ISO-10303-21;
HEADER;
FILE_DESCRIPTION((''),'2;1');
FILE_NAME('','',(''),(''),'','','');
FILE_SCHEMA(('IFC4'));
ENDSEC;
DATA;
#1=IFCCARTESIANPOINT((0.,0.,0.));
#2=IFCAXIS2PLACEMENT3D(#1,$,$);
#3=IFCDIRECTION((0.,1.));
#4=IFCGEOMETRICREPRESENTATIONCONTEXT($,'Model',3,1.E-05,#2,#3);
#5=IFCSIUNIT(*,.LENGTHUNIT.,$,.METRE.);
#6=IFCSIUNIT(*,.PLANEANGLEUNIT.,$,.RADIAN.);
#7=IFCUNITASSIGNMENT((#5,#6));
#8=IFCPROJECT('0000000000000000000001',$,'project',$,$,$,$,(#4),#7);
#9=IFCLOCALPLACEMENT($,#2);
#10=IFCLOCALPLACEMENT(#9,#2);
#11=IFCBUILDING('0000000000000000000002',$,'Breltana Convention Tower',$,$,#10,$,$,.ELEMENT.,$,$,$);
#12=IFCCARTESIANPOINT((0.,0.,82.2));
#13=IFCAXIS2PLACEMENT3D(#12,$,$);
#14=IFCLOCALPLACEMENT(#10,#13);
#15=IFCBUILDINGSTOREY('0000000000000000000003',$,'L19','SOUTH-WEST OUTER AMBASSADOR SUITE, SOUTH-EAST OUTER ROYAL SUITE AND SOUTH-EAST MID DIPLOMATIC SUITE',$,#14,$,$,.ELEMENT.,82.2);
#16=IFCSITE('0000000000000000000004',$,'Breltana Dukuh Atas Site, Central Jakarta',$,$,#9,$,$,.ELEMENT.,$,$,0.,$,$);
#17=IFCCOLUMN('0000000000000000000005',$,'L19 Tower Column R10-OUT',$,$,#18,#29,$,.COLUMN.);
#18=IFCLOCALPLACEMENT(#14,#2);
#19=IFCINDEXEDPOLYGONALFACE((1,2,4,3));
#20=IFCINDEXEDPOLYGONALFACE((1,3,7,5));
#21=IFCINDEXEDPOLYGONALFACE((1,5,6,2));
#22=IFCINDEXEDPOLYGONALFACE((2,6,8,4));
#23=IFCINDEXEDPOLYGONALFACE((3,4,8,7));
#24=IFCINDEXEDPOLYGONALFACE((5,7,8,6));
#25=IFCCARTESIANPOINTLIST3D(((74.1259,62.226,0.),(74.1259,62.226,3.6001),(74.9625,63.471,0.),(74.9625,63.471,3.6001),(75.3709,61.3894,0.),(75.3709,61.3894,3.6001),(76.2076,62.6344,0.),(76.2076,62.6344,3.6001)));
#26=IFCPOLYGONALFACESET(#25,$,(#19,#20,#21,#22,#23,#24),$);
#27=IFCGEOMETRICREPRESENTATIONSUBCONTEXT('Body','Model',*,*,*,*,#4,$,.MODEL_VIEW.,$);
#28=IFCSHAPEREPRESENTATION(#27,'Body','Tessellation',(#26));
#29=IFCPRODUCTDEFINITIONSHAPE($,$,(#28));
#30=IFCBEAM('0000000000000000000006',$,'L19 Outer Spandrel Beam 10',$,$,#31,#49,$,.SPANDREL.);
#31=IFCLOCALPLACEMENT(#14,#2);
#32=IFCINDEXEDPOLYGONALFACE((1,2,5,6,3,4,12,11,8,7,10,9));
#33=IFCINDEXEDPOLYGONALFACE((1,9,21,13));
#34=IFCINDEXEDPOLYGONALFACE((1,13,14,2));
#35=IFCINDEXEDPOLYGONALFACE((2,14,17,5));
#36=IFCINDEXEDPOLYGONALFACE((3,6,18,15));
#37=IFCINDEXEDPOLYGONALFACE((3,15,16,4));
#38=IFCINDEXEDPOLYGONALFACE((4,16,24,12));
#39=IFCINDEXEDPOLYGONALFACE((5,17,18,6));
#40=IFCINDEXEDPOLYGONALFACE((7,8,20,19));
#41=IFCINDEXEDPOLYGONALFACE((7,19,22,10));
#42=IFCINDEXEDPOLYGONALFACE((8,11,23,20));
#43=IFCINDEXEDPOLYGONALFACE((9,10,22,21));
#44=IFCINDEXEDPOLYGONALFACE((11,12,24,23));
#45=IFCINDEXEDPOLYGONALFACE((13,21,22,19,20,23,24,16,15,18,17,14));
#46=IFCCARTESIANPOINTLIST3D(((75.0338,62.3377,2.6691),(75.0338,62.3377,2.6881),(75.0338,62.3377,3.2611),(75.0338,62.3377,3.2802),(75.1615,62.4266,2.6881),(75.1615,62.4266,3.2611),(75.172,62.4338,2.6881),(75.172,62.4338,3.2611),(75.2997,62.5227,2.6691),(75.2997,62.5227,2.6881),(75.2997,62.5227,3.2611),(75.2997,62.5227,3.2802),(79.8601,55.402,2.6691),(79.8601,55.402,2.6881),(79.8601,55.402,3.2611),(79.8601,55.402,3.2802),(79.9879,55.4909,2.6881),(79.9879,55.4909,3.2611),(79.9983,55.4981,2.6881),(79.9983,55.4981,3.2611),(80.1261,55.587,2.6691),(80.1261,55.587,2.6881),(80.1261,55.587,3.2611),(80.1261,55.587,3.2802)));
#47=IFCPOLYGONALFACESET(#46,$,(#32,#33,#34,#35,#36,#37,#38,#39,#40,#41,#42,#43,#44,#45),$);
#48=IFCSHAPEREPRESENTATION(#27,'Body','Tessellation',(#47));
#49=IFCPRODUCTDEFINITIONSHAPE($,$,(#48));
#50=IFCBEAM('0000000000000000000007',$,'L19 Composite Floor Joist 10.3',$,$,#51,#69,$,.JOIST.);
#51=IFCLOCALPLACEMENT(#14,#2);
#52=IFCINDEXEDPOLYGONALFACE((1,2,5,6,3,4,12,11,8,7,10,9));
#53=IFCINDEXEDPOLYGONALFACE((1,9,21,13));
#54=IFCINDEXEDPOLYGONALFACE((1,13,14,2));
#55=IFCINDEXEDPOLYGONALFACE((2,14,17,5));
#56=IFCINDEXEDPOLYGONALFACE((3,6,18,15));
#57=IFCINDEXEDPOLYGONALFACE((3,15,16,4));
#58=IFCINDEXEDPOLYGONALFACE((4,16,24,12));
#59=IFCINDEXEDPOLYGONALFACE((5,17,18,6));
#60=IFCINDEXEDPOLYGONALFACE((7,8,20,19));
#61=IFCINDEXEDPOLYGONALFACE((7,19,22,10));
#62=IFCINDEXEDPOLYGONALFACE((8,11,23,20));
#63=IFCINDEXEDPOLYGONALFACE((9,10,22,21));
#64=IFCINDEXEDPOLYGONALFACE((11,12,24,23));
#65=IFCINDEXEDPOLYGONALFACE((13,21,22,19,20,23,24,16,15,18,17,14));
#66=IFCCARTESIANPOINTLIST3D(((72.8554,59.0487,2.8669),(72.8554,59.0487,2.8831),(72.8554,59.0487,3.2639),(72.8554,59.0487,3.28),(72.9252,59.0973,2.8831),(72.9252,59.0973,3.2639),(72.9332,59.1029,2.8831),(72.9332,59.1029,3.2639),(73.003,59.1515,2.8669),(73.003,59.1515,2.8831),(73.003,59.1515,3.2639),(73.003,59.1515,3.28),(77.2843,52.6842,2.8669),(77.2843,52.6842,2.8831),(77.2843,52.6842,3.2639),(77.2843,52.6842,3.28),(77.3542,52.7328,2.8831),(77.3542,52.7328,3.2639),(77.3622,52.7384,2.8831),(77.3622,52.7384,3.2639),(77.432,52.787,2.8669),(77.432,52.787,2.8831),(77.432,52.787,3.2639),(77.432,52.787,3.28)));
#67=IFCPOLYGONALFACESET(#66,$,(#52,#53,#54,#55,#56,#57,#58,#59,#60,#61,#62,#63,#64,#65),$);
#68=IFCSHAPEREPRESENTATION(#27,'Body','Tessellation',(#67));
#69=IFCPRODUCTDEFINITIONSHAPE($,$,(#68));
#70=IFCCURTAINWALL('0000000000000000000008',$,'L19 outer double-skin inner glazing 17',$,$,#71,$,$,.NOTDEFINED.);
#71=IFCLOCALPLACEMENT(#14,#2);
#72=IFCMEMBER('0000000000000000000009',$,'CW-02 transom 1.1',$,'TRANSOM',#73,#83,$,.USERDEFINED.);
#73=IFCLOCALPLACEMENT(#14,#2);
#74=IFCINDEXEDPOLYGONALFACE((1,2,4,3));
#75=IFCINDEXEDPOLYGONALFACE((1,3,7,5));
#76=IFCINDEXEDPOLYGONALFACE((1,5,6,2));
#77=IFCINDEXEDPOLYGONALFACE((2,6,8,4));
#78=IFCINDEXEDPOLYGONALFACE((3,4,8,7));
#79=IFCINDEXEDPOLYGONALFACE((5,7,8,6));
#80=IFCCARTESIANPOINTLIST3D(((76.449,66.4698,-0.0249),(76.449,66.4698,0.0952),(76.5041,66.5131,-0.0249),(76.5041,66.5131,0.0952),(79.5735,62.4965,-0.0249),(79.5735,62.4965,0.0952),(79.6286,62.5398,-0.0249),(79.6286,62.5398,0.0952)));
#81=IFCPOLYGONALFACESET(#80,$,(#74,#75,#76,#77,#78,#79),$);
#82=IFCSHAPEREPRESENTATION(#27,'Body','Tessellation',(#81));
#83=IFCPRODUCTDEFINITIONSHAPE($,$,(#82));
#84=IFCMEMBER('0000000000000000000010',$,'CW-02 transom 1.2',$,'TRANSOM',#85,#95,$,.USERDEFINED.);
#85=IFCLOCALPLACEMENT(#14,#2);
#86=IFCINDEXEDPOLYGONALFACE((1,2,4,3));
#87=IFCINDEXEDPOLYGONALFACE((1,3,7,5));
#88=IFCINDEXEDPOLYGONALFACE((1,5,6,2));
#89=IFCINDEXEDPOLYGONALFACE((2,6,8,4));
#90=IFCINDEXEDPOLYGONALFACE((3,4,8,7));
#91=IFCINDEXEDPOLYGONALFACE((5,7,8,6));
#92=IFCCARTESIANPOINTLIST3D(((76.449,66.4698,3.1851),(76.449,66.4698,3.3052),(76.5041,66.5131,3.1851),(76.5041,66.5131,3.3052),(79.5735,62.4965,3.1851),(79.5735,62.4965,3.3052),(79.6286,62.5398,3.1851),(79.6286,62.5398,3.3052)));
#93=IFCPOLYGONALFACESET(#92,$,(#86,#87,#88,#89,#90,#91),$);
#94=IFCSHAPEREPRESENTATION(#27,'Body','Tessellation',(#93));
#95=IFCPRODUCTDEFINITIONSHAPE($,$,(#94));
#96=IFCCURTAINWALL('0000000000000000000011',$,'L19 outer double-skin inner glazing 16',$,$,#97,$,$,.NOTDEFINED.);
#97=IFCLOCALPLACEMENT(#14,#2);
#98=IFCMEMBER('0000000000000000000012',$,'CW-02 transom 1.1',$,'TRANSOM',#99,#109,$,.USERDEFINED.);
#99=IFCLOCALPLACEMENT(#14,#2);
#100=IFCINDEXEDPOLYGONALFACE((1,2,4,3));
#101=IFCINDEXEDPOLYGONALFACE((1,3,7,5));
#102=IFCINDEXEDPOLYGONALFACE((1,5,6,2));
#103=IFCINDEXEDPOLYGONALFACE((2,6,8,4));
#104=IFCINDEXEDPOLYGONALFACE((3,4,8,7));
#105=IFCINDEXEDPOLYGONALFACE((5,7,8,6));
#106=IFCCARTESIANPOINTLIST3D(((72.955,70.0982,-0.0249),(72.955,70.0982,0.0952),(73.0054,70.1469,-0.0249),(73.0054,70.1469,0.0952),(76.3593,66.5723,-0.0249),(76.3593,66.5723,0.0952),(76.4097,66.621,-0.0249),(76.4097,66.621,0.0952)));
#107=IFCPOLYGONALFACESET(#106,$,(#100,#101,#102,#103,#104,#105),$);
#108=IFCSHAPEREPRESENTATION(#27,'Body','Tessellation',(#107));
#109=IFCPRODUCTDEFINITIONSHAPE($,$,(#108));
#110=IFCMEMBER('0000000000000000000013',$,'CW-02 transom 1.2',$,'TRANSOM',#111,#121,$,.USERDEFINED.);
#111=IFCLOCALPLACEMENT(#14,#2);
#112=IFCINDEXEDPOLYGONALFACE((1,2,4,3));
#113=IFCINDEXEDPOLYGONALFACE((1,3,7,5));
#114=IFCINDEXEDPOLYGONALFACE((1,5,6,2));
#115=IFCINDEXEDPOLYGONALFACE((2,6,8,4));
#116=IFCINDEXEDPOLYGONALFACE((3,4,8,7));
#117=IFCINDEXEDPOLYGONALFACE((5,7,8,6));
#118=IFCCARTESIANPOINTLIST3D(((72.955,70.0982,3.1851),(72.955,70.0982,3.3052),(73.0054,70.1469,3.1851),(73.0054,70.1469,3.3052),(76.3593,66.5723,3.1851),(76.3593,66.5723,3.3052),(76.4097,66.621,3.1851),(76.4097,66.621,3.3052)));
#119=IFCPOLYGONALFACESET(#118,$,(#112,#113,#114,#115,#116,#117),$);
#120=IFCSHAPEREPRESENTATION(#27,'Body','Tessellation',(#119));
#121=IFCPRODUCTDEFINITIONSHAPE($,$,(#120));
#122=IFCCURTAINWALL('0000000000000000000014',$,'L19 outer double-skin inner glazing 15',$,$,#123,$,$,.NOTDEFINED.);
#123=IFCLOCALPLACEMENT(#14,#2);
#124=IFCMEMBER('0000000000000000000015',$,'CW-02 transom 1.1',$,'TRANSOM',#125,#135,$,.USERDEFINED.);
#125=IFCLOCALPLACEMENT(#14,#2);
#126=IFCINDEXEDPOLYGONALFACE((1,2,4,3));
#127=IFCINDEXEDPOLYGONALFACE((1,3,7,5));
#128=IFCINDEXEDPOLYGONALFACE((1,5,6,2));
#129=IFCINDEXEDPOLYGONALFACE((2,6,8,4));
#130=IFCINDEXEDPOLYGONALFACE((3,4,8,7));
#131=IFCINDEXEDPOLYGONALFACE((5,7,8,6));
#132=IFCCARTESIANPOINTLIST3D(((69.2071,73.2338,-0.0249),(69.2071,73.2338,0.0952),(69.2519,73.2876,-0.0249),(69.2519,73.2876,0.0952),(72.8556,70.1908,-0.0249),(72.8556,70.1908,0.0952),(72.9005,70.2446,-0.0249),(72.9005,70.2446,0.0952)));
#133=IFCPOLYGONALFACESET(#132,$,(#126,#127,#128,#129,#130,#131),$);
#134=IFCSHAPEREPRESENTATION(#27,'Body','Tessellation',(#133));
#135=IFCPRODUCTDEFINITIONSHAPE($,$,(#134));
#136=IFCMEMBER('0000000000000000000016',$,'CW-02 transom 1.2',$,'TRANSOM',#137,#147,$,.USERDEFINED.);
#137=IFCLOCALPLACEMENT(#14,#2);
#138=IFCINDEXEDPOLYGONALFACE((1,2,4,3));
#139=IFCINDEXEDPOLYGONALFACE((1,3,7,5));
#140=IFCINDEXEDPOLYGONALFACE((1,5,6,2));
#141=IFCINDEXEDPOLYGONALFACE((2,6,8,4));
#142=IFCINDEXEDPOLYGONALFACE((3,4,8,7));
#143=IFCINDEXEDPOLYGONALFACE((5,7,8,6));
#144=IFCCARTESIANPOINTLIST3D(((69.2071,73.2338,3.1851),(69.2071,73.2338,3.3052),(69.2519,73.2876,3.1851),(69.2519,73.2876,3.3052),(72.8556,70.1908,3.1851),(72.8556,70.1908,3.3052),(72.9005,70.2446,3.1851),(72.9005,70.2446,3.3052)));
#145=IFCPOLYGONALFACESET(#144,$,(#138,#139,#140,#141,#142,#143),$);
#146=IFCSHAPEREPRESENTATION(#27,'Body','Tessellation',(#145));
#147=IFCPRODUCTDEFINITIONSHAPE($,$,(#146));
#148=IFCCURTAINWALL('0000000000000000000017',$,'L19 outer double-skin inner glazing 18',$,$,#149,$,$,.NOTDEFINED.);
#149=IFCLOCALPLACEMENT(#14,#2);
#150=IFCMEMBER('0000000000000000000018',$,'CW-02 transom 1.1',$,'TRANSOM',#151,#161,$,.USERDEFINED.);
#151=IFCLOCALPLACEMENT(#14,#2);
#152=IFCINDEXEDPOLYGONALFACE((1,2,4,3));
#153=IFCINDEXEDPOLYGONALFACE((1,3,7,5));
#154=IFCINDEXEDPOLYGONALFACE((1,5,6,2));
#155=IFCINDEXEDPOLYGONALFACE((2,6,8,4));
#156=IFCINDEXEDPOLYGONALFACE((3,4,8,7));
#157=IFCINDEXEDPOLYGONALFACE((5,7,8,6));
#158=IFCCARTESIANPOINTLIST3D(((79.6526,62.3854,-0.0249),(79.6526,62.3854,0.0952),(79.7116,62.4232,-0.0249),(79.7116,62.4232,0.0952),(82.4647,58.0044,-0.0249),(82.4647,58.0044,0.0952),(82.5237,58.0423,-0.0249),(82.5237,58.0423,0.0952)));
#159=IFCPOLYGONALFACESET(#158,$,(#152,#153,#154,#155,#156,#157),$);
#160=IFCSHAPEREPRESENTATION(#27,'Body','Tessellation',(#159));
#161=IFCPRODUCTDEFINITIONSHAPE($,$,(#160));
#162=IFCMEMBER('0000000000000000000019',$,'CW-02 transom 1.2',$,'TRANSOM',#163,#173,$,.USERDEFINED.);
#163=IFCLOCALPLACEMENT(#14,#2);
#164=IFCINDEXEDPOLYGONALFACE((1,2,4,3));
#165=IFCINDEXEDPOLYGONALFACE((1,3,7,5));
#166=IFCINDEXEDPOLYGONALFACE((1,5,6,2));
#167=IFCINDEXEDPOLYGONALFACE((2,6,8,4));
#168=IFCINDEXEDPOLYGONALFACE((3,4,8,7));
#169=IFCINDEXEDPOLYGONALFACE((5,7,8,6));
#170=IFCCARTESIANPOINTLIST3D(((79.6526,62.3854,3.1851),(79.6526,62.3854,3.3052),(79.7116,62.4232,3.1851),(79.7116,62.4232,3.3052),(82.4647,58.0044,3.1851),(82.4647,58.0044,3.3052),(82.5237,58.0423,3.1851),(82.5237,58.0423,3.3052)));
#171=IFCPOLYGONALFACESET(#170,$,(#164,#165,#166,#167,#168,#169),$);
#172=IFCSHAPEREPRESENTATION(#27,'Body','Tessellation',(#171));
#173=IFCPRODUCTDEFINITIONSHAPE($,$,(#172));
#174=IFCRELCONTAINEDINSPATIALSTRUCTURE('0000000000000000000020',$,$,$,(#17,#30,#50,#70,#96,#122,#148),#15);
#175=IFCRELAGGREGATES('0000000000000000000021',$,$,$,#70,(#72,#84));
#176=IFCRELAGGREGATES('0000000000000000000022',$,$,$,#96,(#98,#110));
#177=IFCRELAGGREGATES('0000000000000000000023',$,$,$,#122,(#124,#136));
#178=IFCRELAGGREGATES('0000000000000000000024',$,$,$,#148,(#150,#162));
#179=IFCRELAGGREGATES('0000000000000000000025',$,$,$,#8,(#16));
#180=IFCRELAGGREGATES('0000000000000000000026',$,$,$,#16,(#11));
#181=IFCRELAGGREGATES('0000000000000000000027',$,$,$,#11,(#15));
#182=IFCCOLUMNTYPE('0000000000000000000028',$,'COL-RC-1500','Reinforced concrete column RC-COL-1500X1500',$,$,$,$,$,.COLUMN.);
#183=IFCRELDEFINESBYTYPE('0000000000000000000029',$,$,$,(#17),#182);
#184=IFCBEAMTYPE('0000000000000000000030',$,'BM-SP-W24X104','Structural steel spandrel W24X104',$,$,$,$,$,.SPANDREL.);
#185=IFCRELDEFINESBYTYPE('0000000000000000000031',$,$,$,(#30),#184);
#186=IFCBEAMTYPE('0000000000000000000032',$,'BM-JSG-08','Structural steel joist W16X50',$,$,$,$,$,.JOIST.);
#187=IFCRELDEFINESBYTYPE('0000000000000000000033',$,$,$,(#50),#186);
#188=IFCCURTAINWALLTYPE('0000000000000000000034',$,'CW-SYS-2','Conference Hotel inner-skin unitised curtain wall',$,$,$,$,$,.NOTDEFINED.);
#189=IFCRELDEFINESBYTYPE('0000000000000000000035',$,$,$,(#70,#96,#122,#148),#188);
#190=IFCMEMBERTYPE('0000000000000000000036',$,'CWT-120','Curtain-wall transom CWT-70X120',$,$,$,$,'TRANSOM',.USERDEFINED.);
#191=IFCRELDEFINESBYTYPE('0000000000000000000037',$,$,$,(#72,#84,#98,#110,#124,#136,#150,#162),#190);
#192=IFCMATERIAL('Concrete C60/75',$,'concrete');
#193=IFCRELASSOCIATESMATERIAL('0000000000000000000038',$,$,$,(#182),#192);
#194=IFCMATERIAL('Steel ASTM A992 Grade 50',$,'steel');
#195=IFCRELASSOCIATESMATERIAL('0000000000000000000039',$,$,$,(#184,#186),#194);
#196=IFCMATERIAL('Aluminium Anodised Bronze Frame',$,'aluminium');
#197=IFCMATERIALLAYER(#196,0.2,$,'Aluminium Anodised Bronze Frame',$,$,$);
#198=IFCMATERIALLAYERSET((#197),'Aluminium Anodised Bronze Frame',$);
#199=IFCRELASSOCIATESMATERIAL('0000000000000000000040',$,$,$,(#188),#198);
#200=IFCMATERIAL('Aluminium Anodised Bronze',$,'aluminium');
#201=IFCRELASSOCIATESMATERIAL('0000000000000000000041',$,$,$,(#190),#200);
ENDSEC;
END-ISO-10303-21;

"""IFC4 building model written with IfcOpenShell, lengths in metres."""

from ifc_helpers import new_model, si_unit, direction, frame, origin, origin_2d, place, context, subcontext, project, spatial, rectangle, i_section, extrude, source, transform, mapped, material, layer, layer_set, material_profile, profile_set, type_object, element, aggregate, save


model = new_model("IFC4")

# Units and contexts
model_context = context("Model", 3, precision=1e-05, world=origin(), true_north=direction((0.0, 1.0)))
body_context = subcontext(model_context, "Body", "Model", "MODEL_VIEW")
ifc_project = project(units=[si_unit("LENGTHUNIT", "METRE"), si_unit("PLANEANGLEUNIT", "RADIAN")], contexts=[model_context])

# Site, building, storey
site_placement = place(None, origin())
site = spatial("IfcSite", under=ifc_project, at=site_placement, Name="Breltana Dukuh Atas Site, Central Jakarta", CompositionType="ELEMENT", RefElevation=0.0)
building_placement = place(site_placement, origin())
building = spatial("IfcBuilding", under=site, at=building_placement, Name="Breltana Convention Tower", CompositionType="ELEMENT")
storey_placement = place(building_placement, frame((0.0, 0.0, 82.2)))
storey = spatial("IfcBuildingStorey", under=building, at=storey_placement, Name="L19", Description="SOUTH-WEST OUTER AMBASSADOR SUITE, SOUTH-EAST OUTER ROYAL SUITE AND SOUTH-EAST MID DIPLOMATIC SUITE", CompositionType="ELEMENT", Elevation=82.2)

# Column
ifc_material_1 = material(Name="Concrete C60/75", Category="concrete")
ifc_material_profile_1 = material_profile(ifc_material_1, rectangle(XDim=1.5, YDim=1.5, at=origin_2d()), Name="RC-COL-1500X1500")
ifc_profile_set_1 = profile_set([ifc_material_profile_1], Name="Concrete C60/75")
column_type = type_object("IfcColumnType", Name="COL-RC-1500", Description="Reinforced concrete column RC-COL-1500X1500", PredefinedType="COLUMN", material=ifc_profile_set_1)
shared_shape_1 = source(origin(), body_context, "Body", "SweptSolid", [
    extrude(rectangle(XDim=1.5, YDim=1.5, at=origin_2d()), origin(), (0.0, 0.0, 1.0), 3.6001),
])
column_placement = place(storey_placement, frame((75.1667, 62.4302, 0.0), z_axis=(0.0, 0.0, 1.0), x_axis=(0.557745, 0.830012, 0.0)))
element("IfcColumn", 1, at=column_placement, inside=storey, type_object=column_type, Name="L19 Tower Column R10-OUT", PredefinedType="COLUMN", context=body_context, shape_type="MappedRepresentation", body=[
    mapped(shared_shape_1, transform((0.0, 0.0, 0.0), scale=1.0)),
])

# Beams
ifc_material_2 = material(Name="Steel ASTM A992 Grade 50", Category="steel")
ifc_material_profile_2 = material_profile(ifc_material_2, i_section(OverallWidth=0.324, OverallDepth=0.6111, WebThickness=0.0127, FlangeThickness=0.019, at=origin_2d()), Name="W24X104")
ifc_profile_set_2 = profile_set([ifc_material_profile_2], Name="Steel ASTM A992 Grade 50")
beam_type_1 = type_object("IfcBeamType", Name="BM-SP-W24X104", Description="Structural steel spandrel W24X104", PredefinedType="SPANDREL", material=ifc_profile_set_2)
shared_shape_2 = source(origin(), body_context, "Body", "SweptSolid", [
    extrude(i_section(OverallWidth=0.324, OverallDepth=0.6111, WebThickness=0.0127, FlangeThickness=0.019, at=origin_2d()), origin(), (0.0, 0.0, 1.0), 8.4497),
])
beam_1_placement = place(storey_placement, frame((75.1667, 62.4302, 2.9746), z_axis=(0.571186, -0.820821, 0.0), x_axis=(0.820821, 0.571186, 0.0)))
element("IfcBeam", 2, at=beam_1_placement, inside=storey, type_object=beam_type_1, Name="L19 Outer Spandrel Beam 10", PredefinedType="SPANDREL", context=body_context, shape_type="MappedRepresentation", body=[
    mapped(shared_shape_2, transform((0.0, 0.0, 0.0), scale=1.0)),
])
ifc_material_profile_3 = material_profile(ifc_material_2, i_section(OverallWidth=0.1799, OverallDepth=0.4131, WebThickness=0.0098, FlangeThickness=0.0161, at=origin_2d()), Name="W16X50")
ifc_profile_set_3 = profile_set([ifc_material_profile_3], Name="Steel ASTM A992 Grade 50")
beam_type_2 = type_object("IfcBeamType", Name="BM-JSG-08", Description="Structural steel joist W16X50", PredefinedType="JOIST", material=ifc_profile_set_3)
shared_shape_3 = source(origin(), body_context, "Body", "SweptSolid", [
    extrude(i_section(OverallWidth=0.1799, OverallDepth=0.4131, WebThickness=0.0098, FlangeThickness=0.0161, at=origin_2d()), origin(), (0.0, 0.0, 1.0), 7.7539),
])
beam_2_placement = place(storey_placement, frame((72.9292, 59.1001, 3.0735), z_axis=(0.571193, -0.820816, 0.0), x_axis=(0.820816, 0.571193, 0.0)))
element("IfcBeam", 3, at=beam_2_placement, inside=storey, type_object=beam_type_2, Name="L19 Composite Floor Joist 10.3", PredefinedType="JOIST", context=body_context, shape_type="MappedRepresentation", body=[
    mapped(shared_shape_3, transform((0.0, 0.0, 0.0), scale=1.0)),
])

# Curtain walls, members
ifc_material_3 = material(Name="Aluminium Anodised Bronze Frame", Category="aluminium")
ifc_layer_1 = layer(ifc_material_3, 0.2, Name="Aluminium Anodised Bronze Frame")
ifc_layer_set_1 = layer_set([ifc_layer_1], Name="Aluminium Anodised Bronze Frame")
curtain_wall_type = type_object("IfcCurtainWallType", Name="CW-SYS-2", Description="Conference Hotel inner-skin unitised curtain wall", PredefinedType="NOTDEFINED", material=ifc_layer_set_1)
curtain_wall_1_placement = place(storey_placement, origin())
curtain_wall_1 = element("IfcCurtainWall", 4, at=curtain_wall_1_placement, inside=storey, type_object=curtain_wall_type, Name="L19 outer double-skin inner glazing 17", PredefinedType="NOTDEFINED")
ifc_material_4 = material(Name="Aluminium Anodised Bronze", Category="aluminium")
ifc_material_profile_4 = material_profile(ifc_material_4, rectangle(XDim=0.0701, YDim=0.1201, at=origin_2d()), Name="CWT-70X120")
ifc_profile_set_4 = profile_set([ifc_material_profile_4], Name="Aluminium Anodised Bronze")
member_type_1 = type_object("IfcMemberType", Name="CWT-120", Description="Curtain-wall transom CWT-70X120", ElementType="TRANSOM", PredefinedType="USERDEFINED", material=ifc_profile_set_4)
shared_shape_4 = source(origin(), body_context, "Body", "SweptSolid", [
    extrude(rectangle(XDim=0.0701, YDim=0.1201, at=origin_2d()), origin(), (0.0, 0.0, 1.0), 5.0547),
])
member_1_placement = place(storey_placement, frame((76.4766, 66.4915, 0.0352), z_axis=(0.618135, -0.786072, 0.0), x_axis=(0.786072, 0.618135, 0.0)))
member_1 = element("IfcMember", 5, at=member_1_placement, type_object=member_type_1, Name="CW-02 transom 1.1", ObjectType="TRANSOM", PredefinedType="USERDEFINED", context=body_context, shape_type="MappedRepresentation", body=[
    mapped(shared_shape_4, transform((0.0, 0.0, 0.0), scale=1.0)),
])
member_2_placement = place(storey_placement, frame((76.4766, 66.4915, 3.2451), z_axis=(0.618135, -0.786072, 0.0), x_axis=(0.786072, 0.618135, 0.0)))
member_2 = element("IfcMember", 6, at=member_2_placement, type_object=member_type_1, Name="CW-02 transom 1.2", ObjectType="TRANSOM", PredefinedType="USERDEFINED", context=body_context, shape_type="MappedRepresentation", body=[
    mapped(shared_shape_4, transform((0.0, 0.0, 0.0), scale=1.0)),
])
curtain_wall_2_placement = place(storey_placement, origin())
curtain_wall_2 = element("IfcCurtainWall", 7, at=curtain_wall_2_placement, inside=storey, type_object=curtain_wall_type, Name="L19 outer double-skin inner glazing 16", PredefinedType="NOTDEFINED")
shared_shape_5 = source(origin(), body_context, "Body", "SweptSolid", [
    extrude(rectangle(XDim=0.0701, YDim=0.1201, at=origin_2d()), origin(), (0.0, 0.0, 1.0), 4.9011),
])
member_3_placement = place(storey_placement, frame((72.9802, 70.1226, 0.0352), z_axis=(0.694595, -0.719401, 0.0), x_axis=(0.719401, 0.694595, 0.0)))
member_3 = element("IfcMember", 8, at=member_3_placement, type_object=member_type_1, Name="CW-02 transom 1.1", ObjectType="TRANSOM", PredefinedType="USERDEFINED", context=body_context, shape_type="MappedRepresentation", body=[
    mapped(shared_shape_5, transform((0.0, 0.0, 0.0), scale=1.0)),
])
member_4_placement = place(storey_placement, frame((72.9802, 70.1226, 3.2451), z_axis=(0.694595, -0.719401, 0.0), x_axis=(0.719401, 0.694595, 0.0)))
member_4 = element("IfcMember", 9, at=member_4_placement, type_object=member_type_1, Name="CW-02 transom 1.2", ObjectType="TRANSOM", PredefinedType="USERDEFINED", context=body_context, shape_type="MappedRepresentation", body=[
    mapped(shared_shape_5, transform((0.0, 0.0, 0.0), scale=1.0)),
])
curtain_wall_3_placement = place(storey_placement, origin())
curtain_wall_3 = element("IfcCurtainWall", 10, at=curtain_wall_3_placement, inside=storey, type_object=curtain_wall_type, Name="L19 outer double-skin inner glazing 15", PredefinedType="NOTDEFINED")
shared_shape_6 = source(origin(), body_context, "Body", "SweptSolid", [
    extrude(rectangle(XDim=0.0701, YDim=0.1201, at=origin_2d()), origin(), (0.0, 0.0, 1.0), 4.751),
])
member_5_placement = place(storey_placement, frame((69.2295, 73.2607, 0.0352), z_axis=(0.767952, -0.640508, 0.0), x_axis=(0.640508, 0.767952, 0.0)))
member_5 = element("IfcMember", 11, at=member_5_placement, type_object=member_type_1, Name="CW-02 transom 1.1", ObjectType="TRANSOM", PredefinedType="USERDEFINED", context=body_context, shape_type="MappedRepresentation", body=[
    mapped(shared_shape_6, transform((0.0, 0.0, 0.0), scale=1.0)),
])
member_6_placement = place(storey_placement, frame((69.2295, 73.2607, 3.2451), z_axis=(0.767952, -0.640508, 0.0), x_axis=(0.640508, 0.767952, 0.0)))
member_6 = element("IfcMember", 12, at=member_6_placement, type_object=member_type_1, Name="CW-02 transom 1.2", ObjectType="TRANSOM", PredefinedType="USERDEFINED", context=body_context, shape_type="MappedRepresentation", body=[
    mapped(shared_shape_6, transform((0.0, 0.0, 0.0), scale=1.0)),
])
curtain_wall_4_placement = place(storey_placement, origin())
curtain_wall_4 = element("IfcCurtainWall", 13, at=curtain_wall_4_placement, inside=storey, type_object=curtain_wall_type, Name="L19 outer double-skin inner glazing 18", PredefinedType="NOTDEFINED")
shared_shape_7 = source(origin(), body_context, "Body", "SweptSolid", [
    extrude(rectangle(XDim=0.0701, YDim=0.1201, at=origin_2d()), origin(), (0.0, 0.0, 1.0), 5.2058),
])
member_7_placement = place(storey_placement, frame((79.6821, 62.4043, 0.0352), z_axis=(0.540179, -0.84155, 0.0), x_axis=(0.84155, 0.540179, 0.0)))
member_7 = element("IfcMember", 14, at=member_7_placement, type_object=member_type_1, Name="CW-02 transom 1.1", ObjectType="TRANSOM", PredefinedType="USERDEFINED", context=body_context, shape_type="MappedRepresentation", body=[
    mapped(shared_shape_7, transform((0.0, 0.0, 0.0), scale=1.0)),
])
member_8_placement = place(storey_placement, frame((79.6821, 62.4043, 3.2451), z_axis=(0.540179, -0.84155, 0.0), x_axis=(0.84155, 0.540179, 0.0)))
member_8 = element("IfcMember", 15, at=member_8_placement, type_object=member_type_1, Name="CW-02 transom 1.2", ObjectType="TRANSOM", PredefinedType="USERDEFINED", context=body_context, shape_type="MappedRepresentation", body=[
    mapped(shared_shape_7, transform((0.0, 0.0, 0.0), scale=1.0)),
])

aggregate(curtain_wall_1, [member_1, member_2])
aggregate(curtain_wall_2, [member_3, member_4])
aggregate(curtain_wall_3, [member_5, member_6])
aggregate(curtain_wall_4, [member_7, member_8])

save(model, "model.ifc")
